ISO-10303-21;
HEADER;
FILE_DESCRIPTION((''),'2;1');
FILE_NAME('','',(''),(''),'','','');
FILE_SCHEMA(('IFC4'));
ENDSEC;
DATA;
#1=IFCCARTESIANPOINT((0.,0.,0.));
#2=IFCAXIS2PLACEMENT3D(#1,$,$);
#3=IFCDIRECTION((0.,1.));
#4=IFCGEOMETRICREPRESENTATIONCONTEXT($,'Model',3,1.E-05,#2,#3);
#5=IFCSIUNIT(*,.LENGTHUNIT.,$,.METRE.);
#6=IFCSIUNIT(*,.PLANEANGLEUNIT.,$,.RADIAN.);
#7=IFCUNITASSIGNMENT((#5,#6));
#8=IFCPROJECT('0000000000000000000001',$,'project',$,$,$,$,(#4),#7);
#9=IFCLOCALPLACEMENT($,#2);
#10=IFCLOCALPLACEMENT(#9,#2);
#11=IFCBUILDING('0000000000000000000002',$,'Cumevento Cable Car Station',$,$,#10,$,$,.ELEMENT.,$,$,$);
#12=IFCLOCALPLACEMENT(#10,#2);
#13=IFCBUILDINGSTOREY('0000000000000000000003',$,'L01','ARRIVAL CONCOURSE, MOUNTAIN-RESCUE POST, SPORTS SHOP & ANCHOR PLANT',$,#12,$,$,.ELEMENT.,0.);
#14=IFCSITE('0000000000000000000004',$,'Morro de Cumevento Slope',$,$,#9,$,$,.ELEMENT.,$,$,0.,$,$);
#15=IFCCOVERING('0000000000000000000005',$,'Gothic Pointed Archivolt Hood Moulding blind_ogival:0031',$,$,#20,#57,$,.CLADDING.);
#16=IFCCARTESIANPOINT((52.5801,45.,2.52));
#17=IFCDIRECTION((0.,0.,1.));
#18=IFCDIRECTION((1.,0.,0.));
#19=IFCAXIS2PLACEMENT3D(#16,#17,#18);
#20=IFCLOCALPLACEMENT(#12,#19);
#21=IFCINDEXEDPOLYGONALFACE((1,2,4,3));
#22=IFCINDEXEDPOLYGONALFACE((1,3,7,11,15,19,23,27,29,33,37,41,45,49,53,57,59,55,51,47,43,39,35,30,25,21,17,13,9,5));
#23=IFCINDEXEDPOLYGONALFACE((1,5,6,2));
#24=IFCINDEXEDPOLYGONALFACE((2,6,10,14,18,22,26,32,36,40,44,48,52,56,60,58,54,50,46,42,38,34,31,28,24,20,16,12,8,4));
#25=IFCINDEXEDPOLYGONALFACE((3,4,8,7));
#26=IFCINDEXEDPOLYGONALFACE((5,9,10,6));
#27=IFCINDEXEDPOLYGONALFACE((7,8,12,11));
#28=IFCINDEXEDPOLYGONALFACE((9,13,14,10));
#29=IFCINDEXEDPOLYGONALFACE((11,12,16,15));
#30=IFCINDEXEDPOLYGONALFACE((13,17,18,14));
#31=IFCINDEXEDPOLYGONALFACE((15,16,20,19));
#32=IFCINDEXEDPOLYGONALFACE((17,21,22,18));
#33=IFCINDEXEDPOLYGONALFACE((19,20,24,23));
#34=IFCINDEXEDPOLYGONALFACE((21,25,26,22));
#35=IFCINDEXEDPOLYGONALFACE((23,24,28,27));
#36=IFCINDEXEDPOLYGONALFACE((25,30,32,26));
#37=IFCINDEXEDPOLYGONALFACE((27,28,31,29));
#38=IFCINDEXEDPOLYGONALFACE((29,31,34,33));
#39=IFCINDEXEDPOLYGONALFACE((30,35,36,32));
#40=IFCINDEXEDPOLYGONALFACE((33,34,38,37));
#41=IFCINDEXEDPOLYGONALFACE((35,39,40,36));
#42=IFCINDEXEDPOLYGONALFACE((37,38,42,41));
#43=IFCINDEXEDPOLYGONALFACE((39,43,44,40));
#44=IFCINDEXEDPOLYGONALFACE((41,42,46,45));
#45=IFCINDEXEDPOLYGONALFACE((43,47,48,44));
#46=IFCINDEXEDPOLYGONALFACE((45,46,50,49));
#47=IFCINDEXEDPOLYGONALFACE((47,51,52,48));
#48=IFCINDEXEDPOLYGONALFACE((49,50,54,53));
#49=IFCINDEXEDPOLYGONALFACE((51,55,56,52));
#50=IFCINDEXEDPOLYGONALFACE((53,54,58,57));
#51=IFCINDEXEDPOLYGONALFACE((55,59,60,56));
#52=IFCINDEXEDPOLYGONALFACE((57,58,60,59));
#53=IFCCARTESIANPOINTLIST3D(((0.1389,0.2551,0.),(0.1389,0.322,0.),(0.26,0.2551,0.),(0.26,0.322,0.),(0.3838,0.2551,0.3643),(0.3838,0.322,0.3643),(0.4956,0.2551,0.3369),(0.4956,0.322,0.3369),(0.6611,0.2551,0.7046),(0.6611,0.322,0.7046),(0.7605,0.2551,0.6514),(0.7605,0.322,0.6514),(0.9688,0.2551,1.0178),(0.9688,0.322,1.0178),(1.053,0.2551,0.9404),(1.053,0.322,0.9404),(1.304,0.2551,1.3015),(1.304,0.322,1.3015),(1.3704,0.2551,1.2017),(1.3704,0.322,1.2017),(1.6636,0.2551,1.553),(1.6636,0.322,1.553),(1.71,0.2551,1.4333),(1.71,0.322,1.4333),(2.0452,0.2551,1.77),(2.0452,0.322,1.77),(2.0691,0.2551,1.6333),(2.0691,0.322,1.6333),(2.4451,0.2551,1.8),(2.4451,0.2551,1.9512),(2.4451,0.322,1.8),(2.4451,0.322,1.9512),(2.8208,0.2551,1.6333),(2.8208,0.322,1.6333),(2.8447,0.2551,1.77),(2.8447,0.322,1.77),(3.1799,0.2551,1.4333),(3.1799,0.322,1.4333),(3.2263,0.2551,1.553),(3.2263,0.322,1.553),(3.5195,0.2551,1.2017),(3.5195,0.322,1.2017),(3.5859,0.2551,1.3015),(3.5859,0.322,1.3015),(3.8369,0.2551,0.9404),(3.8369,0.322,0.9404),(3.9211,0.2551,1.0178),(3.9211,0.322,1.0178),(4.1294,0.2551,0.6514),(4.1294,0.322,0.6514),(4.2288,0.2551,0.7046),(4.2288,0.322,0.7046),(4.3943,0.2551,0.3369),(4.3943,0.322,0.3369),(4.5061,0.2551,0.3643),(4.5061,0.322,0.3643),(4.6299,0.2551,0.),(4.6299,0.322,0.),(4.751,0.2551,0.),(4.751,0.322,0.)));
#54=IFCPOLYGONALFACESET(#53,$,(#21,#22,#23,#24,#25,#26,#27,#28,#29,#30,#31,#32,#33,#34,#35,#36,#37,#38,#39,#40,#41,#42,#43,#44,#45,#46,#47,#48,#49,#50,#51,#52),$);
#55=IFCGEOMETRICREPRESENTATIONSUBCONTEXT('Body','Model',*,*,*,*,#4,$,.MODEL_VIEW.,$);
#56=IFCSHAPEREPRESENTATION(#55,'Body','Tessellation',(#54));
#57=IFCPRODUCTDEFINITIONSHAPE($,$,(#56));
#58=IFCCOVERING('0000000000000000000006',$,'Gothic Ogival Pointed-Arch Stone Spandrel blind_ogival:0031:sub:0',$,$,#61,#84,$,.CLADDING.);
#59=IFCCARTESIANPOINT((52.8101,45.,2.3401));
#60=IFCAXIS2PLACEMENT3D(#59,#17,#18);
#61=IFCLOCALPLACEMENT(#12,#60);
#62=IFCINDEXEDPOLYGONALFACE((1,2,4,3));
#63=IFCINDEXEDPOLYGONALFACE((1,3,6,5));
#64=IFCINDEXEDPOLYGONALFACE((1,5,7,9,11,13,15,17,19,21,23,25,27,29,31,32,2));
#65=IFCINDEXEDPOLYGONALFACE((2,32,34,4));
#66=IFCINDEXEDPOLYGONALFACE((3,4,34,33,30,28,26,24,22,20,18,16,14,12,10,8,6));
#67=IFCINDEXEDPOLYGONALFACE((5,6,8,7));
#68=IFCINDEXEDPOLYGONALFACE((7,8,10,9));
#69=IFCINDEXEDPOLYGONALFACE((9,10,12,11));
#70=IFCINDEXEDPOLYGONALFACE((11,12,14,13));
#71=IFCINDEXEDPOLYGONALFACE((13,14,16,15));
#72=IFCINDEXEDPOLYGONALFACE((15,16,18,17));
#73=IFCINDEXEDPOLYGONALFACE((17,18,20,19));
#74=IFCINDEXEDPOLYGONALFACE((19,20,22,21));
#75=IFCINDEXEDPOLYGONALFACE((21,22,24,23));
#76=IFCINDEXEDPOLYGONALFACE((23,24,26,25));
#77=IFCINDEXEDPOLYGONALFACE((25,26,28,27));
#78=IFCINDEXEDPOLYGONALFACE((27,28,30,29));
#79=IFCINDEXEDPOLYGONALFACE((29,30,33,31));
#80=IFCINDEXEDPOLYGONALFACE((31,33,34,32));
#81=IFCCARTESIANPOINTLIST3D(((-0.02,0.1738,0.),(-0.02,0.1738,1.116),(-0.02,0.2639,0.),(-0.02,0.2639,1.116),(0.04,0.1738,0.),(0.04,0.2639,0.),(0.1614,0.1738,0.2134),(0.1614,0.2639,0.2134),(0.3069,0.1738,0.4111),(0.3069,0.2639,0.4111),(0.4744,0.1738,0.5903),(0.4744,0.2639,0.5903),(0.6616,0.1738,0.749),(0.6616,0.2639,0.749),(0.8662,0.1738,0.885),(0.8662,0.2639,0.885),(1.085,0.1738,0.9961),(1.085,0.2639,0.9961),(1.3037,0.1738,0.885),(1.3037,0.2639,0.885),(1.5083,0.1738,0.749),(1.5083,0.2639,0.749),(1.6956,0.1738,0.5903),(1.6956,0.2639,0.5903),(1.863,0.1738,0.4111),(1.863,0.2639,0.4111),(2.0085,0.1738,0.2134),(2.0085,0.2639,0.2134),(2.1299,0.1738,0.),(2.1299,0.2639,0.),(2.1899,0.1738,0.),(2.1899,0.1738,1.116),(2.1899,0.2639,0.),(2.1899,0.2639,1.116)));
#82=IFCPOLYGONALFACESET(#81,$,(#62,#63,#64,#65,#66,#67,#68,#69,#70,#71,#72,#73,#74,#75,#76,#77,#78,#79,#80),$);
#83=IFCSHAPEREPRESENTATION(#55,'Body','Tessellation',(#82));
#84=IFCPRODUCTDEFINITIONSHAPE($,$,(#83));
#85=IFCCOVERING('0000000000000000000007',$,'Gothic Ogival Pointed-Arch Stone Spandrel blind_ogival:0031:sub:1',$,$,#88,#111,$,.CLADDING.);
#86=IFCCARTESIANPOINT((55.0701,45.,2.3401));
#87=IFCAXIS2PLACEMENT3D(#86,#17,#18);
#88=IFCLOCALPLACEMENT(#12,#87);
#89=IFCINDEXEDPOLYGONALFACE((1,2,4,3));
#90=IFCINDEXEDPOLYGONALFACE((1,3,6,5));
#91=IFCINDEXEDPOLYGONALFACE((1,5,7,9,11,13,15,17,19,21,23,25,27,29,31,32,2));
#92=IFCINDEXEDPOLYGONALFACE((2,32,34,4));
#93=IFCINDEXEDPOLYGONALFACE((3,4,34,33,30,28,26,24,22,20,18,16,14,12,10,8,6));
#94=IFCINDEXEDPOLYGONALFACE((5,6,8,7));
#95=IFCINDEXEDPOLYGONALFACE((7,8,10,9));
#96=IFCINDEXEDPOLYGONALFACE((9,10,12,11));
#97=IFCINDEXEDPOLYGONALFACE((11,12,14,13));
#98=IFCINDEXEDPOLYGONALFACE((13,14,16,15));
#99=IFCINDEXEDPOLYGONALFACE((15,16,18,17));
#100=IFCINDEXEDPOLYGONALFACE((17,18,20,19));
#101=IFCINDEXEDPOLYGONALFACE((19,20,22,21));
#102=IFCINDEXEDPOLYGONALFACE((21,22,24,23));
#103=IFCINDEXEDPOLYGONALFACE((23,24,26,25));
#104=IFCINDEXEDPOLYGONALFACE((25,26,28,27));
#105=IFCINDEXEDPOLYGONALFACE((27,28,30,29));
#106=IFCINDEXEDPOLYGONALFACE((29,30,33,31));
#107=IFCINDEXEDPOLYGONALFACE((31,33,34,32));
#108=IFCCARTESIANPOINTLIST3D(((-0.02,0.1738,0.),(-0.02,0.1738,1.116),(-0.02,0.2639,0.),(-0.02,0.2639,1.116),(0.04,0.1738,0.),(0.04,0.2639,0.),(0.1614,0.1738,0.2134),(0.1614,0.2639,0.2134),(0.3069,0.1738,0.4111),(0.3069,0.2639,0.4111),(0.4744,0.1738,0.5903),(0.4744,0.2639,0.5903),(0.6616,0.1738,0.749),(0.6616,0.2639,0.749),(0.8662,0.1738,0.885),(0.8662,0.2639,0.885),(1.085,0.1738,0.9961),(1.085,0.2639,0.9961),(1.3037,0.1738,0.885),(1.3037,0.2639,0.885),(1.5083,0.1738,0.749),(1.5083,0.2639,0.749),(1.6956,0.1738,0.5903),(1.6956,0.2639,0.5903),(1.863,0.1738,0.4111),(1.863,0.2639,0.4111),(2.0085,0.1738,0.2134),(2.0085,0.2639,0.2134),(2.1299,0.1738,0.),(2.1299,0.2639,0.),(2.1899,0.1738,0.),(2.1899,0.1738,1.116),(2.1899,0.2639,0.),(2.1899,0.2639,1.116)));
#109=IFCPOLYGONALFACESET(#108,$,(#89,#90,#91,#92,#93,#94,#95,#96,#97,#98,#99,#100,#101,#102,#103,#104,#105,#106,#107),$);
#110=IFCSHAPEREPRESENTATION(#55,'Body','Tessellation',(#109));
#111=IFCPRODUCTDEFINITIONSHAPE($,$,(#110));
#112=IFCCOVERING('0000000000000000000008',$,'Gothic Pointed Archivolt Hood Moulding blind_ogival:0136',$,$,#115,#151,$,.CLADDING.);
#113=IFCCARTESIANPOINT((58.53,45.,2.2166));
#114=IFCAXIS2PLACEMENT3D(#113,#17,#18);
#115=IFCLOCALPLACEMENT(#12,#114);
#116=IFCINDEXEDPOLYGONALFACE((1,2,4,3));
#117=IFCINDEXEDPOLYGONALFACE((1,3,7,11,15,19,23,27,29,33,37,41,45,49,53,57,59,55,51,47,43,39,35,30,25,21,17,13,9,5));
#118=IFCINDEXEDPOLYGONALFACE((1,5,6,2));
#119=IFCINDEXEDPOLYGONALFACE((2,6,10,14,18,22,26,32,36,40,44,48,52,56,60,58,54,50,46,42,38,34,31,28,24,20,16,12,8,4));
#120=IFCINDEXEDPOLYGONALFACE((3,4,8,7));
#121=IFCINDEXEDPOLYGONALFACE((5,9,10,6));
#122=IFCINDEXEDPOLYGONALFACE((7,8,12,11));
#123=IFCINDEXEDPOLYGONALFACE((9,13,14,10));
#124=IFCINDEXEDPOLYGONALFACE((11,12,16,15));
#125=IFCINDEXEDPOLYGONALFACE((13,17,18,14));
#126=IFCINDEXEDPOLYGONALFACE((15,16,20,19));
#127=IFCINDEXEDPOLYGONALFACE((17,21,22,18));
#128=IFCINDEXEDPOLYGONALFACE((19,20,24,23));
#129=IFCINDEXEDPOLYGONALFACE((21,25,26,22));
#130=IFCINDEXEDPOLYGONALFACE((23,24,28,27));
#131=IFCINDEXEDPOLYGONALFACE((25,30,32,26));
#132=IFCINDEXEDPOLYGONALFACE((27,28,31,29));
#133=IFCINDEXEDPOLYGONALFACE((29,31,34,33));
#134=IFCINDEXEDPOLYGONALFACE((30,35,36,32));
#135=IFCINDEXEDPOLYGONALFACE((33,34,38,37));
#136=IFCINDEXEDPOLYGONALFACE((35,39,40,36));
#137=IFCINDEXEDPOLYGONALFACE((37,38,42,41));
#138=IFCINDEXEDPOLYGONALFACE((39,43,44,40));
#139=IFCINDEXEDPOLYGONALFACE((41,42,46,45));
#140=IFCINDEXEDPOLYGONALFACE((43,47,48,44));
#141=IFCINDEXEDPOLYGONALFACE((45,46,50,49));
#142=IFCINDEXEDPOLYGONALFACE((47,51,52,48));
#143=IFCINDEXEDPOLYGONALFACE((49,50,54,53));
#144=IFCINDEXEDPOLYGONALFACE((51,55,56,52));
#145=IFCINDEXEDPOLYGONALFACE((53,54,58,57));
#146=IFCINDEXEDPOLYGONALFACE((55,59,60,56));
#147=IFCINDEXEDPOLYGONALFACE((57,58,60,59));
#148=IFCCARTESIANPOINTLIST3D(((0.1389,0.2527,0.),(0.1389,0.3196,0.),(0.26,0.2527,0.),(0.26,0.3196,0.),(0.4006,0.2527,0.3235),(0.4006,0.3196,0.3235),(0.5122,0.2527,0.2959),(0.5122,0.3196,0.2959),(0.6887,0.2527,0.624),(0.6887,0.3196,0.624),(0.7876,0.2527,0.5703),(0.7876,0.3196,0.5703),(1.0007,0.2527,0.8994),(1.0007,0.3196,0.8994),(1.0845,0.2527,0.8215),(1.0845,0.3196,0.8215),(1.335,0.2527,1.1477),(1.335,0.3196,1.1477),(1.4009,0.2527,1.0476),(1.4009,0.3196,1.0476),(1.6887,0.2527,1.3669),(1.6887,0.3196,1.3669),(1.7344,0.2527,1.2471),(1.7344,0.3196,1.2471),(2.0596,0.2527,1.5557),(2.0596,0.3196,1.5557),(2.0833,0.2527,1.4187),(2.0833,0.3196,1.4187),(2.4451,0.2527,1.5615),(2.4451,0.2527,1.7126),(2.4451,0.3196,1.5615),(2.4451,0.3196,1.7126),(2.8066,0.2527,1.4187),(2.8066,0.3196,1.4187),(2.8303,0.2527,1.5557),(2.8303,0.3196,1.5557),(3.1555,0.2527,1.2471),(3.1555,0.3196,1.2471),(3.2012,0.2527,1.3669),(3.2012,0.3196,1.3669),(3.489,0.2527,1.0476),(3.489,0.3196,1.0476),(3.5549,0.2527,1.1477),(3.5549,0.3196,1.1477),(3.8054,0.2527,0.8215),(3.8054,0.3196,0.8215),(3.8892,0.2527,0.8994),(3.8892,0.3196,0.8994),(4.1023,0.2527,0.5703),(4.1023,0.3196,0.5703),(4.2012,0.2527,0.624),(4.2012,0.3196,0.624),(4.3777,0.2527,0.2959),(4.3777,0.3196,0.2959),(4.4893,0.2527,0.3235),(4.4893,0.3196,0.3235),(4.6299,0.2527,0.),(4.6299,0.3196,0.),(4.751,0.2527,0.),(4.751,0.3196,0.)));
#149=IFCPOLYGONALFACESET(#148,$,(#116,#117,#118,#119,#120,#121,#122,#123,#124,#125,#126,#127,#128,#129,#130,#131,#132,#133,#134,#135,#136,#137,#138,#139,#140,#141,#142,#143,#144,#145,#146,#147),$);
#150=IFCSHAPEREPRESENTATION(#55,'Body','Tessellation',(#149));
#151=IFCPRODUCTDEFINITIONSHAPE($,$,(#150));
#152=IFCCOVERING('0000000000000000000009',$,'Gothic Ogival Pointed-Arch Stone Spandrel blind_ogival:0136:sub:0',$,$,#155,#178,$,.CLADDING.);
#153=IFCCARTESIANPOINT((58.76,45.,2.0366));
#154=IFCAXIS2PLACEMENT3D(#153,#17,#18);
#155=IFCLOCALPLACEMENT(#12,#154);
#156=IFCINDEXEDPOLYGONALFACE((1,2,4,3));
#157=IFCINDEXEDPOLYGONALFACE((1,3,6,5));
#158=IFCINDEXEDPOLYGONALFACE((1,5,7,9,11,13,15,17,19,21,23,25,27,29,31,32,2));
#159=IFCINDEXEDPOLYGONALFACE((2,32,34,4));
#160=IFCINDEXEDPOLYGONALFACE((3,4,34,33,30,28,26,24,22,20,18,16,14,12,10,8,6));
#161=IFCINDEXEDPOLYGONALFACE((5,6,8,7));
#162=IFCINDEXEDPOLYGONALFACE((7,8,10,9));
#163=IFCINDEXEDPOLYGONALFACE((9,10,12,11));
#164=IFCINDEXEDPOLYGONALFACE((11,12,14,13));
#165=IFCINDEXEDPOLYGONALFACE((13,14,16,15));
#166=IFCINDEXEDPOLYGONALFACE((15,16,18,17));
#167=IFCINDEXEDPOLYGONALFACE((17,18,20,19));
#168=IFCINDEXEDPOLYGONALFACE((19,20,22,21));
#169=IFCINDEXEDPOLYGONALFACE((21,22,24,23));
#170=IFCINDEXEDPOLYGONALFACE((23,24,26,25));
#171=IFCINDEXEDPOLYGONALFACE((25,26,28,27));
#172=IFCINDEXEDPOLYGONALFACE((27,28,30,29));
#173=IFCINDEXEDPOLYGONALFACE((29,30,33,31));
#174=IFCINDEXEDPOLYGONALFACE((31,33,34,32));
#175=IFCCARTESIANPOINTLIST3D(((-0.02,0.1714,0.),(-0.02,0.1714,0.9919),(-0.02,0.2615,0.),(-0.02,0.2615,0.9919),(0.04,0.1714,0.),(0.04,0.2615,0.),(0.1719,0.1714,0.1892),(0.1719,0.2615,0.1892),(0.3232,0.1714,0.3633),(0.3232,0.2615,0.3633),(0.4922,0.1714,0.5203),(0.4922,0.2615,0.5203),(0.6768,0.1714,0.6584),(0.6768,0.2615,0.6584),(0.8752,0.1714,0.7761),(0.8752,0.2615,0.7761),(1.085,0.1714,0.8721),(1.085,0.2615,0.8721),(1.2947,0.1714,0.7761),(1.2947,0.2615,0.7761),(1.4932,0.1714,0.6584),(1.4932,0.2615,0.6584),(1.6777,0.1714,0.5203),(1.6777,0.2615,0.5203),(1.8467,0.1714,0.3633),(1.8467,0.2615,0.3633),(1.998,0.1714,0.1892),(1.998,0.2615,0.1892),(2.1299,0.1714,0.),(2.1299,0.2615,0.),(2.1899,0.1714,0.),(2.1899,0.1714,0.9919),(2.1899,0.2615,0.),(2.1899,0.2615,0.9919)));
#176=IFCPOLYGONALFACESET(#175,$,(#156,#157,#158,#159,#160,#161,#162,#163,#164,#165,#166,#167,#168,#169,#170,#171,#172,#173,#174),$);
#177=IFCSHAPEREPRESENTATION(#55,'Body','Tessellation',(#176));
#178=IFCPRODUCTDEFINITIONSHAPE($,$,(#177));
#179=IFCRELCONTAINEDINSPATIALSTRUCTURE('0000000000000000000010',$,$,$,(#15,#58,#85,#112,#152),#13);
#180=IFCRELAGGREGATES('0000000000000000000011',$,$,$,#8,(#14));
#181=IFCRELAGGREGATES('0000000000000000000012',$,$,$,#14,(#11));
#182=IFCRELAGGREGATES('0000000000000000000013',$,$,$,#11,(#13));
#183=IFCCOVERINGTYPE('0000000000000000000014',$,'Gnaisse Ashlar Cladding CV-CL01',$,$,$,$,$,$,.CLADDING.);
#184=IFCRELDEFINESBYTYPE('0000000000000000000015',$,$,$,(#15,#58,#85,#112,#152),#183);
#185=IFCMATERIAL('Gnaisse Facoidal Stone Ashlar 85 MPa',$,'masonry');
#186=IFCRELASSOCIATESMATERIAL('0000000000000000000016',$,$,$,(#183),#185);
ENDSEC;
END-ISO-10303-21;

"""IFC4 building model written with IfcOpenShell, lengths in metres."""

from ifc_helpers import new_model, si_unit, direction, frame, origin, place, context, subcontext, project, spatial, polyline, outline, extrude, material, type_object, element, save


model = new_model("IFC4")

# Units and contexts
model_context = context("Model", 3, precision=1e-05, world=origin(), true_north=direction((0.0, 1.0)))
body_context = subcontext(model_context, "Body", "Model", "MODEL_VIEW")
ifc_project = project(units=[si_unit("LENGTHUNIT", "METRE"), si_unit("PLANEANGLEUNIT", "RADIAN")], contexts=[model_context])

# Site, building, storey
site_placement = place(None, origin())
site = spatial("IfcSite", under=ifc_project, at=site_placement, Name="Morro de Cumevento Slope", CompositionType="ELEMENT", RefElevation=0.0)
building_placement = place(site_placement, origin())
building = spatial("IfcBuilding", under=site, at=building_placement, Name="Cumevento Cable Car Station", CompositionType="ELEMENT")
storey_placement = place(building_placement, origin())
storey = spatial("IfcBuildingStorey", under=building, at=storey_placement, Name="L01", Description="ARRIVAL CONCOURSE, MOUNTAIN-RESCUE POST, SPORTS SHOP & ANCHOR PLANT", CompositionType="ELEMENT", Elevation=0.0)

# Coverings
ifc_material_1 = material(Name="Gnaisse Facoidal Stone Ashlar 85 MPa", Category="masonry")
covering_type = type_object("IfcCoveringType", Name="Gnaisse Ashlar Cladding CV-CL01", PredefinedType="CLADDING", material=ifc_material_1)
covering_1_placement = place(storey_placement, frame((52.5801, 45.0, 2.52), z_axis=(0.0, 0.0, 1.0), x_axis=(1.0, 0.0, 0.0)))
element("IfcCovering", 1, at=covering_1_placement, inside=storey, type_object=covering_type, Name="Gothic Pointed Archivolt Hood Moulding blind_ogival:0031", PredefinedType="CLADDING", context=body_context, shape_type="SweptSolid", body=[
    extrude(outline(polyline([(0.26, 0.0), (0.4956, 0.3369), (0.7605, 0.6514), (1.053, 0.9404), (1.3704, 1.2017), (1.71, 1.4333), (2.0691, 1.6333), (2.4451, 1.8), (2.8208, 1.6333), (3.1799, 1.4333), (3.5195, 1.2017), (3.8369, 0.9404), (4.1294, 0.6514), (4.3943, 0.3369), (4.6299, 0.0), (4.751, 0.0), (4.5061, 0.3643), (4.2288, 0.7046), (3.9211, 1.0178), (3.5859, 1.3015), (3.2263, 1.553), (2.8447, 1.77), (2.4451, 1.9512), (2.0452, 1.77), (1.6636, 1.553), (1.304, 1.3015), (0.9688, 1.0178), (0.6611, 0.7046), (0.3838, 0.3643), (0.1389, 0.0), (0.26, 0.0)])), frame((0.0, 0.322, 0.0), z_axis=(0.0, -1.0, 0.0), x_axis=(1.0, 0.0, 0.0)), (0.0, 0.0, 1.0), 0.0669),
])
for number, where, z_axis, x_axis, name in (
    (2, (52.8101, 45.0, 2.3401), (0.0, 0.0, 1.0), (1.0, 0.0, 0.0), "Gothic Ogival Pointed-Arch Stone Spandrel blind_ogival:0031:sub:0"),
    (3, (55.0701, 45.0, 2.3401), (0.0, 0.0, 1.0), (1.0, 0.0, 0.0), "Gothic Ogival Pointed-Arch Stone Spandrel blind_ogival:0031:sub:1"),
):
    element("IfcCovering", number, at=place(storey_placement, frame(where, z_axis=z_axis, x_axis=x_axis)), inside=storey, type_object=covering_type, Name=name, PredefinedType="CLADDING", context=body_context, shape_type="SweptSolid", body=[
        extrude(outline(polyline([(-0.02, 0.0), (-0.02, 1.116), (2.1899, 1.116), (2.1899, 0.0), (2.1299, 0.0), (2.0085, 0.2134), (1.863, 0.4111), (1.6956, 0.5903), (1.5083, 0.749), (1.3037, 0.885), (1.085, 0.9961), (0.8662, 0.885), (0.6616, 0.749), (0.4744, 0.5903), (0.3069, 0.4111), (0.1614, 0.2134), (0.04, 0.0), (-0.02, 0.0)])), frame((0.0, 0.2639, 0.0), z_axis=(0.0, -1.0, 0.0), x_axis=(1.0, 0.0, 0.0)), (0.0, 0.0, 1.0), 0.0901),
    ])
covering_2_placement = place(storey_placement, frame((58.53, 45.0, 2.2166), z_axis=(0.0, 0.0, 1.0), x_axis=(1.0, 0.0, 0.0)))
element("IfcCovering", 4, at=covering_2_placement, inside=storey, type_object=covering_type, Name="Gothic Pointed Archivolt Hood Moulding blind_ogival:0136", PredefinedType="CLADDING", context=body_context, shape_type="SweptSolid", body=[
    extrude(outline(polyline([(0.26, 0.0), (0.5122, 0.2959), (0.7876, 0.5703), (1.0845, 0.8215), (1.4009, 1.0476), (1.7344, 1.2471), (2.0833, 1.4187), (2.4451, 1.5615), (2.8066, 1.4187), (3.1555, 1.2471), (3.489, 1.0476), (3.8054, 0.8215), (4.1023, 0.5703), (4.3777, 0.2959), (4.6299, 0.0), (4.751, 0.0), (4.4893, 0.3235), (4.2012, 0.624), (3.8892, 0.8994), (3.5549, 1.1477), (3.2012, 1.3669), (2.8303, 1.5557), (2.4451, 1.7126), (2.0596, 1.5557), (1.6887, 1.3669), (1.335, 1.1477), (1.0007, 0.8994), (0.6887, 0.624), (0.4006, 0.3235), (0.1389, 0.0), (0.26, 0.0)])), frame((0.0, 0.3196, 0.0), z_axis=(0.0, -1.0, 0.0), x_axis=(1.0, 0.0, 0.0)), (0.0, 0.0, 1.0), 0.0669),
])
for number, where, z_axis, x_axis, name in (
    (5, (58.76, 45.0, 2.0366), (0.0, 0.0, 1.0), (1.0, 0.0, 0.0), "Gothic Ogival Pointed-Arch Stone Spandrel blind_ogival:0136:sub:0"),
):
    element("IfcCovering", number, at=place(storey_placement, frame(where, z_axis=z_axis, x_axis=x_axis)), inside=storey, type_object=covering_type, Name=name, PredefinedType="CLADDING", context=body_context, shape_type="SweptSolid", body=[
        extrude(outline(polyline([(-0.02, 0.0), (-0.02, 0.9919), (2.1899, 0.9919), (2.1899, 0.0), (2.1299, 0.0), (1.998, 0.1892), (1.8467, 0.3633), (1.6777, 0.5203), (1.4932, 0.6584), (1.2947, 0.7761), (1.085, 0.8721), (0.8752, 0.7761), (0.6768, 0.6584), (0.4922, 0.5203), (0.3232, 0.3633), (0.1719, 0.1892), (0.04, 0.0), (-0.02, 0.0)])), frame((0.0, 0.2615, 0.0), z_axis=(0.0, -1.0, 0.0), x_axis=(1.0, 0.0, 0.0)), (0.0, 0.0, 1.0), 0.0901),
    ])

save(model, "model.ifc")
